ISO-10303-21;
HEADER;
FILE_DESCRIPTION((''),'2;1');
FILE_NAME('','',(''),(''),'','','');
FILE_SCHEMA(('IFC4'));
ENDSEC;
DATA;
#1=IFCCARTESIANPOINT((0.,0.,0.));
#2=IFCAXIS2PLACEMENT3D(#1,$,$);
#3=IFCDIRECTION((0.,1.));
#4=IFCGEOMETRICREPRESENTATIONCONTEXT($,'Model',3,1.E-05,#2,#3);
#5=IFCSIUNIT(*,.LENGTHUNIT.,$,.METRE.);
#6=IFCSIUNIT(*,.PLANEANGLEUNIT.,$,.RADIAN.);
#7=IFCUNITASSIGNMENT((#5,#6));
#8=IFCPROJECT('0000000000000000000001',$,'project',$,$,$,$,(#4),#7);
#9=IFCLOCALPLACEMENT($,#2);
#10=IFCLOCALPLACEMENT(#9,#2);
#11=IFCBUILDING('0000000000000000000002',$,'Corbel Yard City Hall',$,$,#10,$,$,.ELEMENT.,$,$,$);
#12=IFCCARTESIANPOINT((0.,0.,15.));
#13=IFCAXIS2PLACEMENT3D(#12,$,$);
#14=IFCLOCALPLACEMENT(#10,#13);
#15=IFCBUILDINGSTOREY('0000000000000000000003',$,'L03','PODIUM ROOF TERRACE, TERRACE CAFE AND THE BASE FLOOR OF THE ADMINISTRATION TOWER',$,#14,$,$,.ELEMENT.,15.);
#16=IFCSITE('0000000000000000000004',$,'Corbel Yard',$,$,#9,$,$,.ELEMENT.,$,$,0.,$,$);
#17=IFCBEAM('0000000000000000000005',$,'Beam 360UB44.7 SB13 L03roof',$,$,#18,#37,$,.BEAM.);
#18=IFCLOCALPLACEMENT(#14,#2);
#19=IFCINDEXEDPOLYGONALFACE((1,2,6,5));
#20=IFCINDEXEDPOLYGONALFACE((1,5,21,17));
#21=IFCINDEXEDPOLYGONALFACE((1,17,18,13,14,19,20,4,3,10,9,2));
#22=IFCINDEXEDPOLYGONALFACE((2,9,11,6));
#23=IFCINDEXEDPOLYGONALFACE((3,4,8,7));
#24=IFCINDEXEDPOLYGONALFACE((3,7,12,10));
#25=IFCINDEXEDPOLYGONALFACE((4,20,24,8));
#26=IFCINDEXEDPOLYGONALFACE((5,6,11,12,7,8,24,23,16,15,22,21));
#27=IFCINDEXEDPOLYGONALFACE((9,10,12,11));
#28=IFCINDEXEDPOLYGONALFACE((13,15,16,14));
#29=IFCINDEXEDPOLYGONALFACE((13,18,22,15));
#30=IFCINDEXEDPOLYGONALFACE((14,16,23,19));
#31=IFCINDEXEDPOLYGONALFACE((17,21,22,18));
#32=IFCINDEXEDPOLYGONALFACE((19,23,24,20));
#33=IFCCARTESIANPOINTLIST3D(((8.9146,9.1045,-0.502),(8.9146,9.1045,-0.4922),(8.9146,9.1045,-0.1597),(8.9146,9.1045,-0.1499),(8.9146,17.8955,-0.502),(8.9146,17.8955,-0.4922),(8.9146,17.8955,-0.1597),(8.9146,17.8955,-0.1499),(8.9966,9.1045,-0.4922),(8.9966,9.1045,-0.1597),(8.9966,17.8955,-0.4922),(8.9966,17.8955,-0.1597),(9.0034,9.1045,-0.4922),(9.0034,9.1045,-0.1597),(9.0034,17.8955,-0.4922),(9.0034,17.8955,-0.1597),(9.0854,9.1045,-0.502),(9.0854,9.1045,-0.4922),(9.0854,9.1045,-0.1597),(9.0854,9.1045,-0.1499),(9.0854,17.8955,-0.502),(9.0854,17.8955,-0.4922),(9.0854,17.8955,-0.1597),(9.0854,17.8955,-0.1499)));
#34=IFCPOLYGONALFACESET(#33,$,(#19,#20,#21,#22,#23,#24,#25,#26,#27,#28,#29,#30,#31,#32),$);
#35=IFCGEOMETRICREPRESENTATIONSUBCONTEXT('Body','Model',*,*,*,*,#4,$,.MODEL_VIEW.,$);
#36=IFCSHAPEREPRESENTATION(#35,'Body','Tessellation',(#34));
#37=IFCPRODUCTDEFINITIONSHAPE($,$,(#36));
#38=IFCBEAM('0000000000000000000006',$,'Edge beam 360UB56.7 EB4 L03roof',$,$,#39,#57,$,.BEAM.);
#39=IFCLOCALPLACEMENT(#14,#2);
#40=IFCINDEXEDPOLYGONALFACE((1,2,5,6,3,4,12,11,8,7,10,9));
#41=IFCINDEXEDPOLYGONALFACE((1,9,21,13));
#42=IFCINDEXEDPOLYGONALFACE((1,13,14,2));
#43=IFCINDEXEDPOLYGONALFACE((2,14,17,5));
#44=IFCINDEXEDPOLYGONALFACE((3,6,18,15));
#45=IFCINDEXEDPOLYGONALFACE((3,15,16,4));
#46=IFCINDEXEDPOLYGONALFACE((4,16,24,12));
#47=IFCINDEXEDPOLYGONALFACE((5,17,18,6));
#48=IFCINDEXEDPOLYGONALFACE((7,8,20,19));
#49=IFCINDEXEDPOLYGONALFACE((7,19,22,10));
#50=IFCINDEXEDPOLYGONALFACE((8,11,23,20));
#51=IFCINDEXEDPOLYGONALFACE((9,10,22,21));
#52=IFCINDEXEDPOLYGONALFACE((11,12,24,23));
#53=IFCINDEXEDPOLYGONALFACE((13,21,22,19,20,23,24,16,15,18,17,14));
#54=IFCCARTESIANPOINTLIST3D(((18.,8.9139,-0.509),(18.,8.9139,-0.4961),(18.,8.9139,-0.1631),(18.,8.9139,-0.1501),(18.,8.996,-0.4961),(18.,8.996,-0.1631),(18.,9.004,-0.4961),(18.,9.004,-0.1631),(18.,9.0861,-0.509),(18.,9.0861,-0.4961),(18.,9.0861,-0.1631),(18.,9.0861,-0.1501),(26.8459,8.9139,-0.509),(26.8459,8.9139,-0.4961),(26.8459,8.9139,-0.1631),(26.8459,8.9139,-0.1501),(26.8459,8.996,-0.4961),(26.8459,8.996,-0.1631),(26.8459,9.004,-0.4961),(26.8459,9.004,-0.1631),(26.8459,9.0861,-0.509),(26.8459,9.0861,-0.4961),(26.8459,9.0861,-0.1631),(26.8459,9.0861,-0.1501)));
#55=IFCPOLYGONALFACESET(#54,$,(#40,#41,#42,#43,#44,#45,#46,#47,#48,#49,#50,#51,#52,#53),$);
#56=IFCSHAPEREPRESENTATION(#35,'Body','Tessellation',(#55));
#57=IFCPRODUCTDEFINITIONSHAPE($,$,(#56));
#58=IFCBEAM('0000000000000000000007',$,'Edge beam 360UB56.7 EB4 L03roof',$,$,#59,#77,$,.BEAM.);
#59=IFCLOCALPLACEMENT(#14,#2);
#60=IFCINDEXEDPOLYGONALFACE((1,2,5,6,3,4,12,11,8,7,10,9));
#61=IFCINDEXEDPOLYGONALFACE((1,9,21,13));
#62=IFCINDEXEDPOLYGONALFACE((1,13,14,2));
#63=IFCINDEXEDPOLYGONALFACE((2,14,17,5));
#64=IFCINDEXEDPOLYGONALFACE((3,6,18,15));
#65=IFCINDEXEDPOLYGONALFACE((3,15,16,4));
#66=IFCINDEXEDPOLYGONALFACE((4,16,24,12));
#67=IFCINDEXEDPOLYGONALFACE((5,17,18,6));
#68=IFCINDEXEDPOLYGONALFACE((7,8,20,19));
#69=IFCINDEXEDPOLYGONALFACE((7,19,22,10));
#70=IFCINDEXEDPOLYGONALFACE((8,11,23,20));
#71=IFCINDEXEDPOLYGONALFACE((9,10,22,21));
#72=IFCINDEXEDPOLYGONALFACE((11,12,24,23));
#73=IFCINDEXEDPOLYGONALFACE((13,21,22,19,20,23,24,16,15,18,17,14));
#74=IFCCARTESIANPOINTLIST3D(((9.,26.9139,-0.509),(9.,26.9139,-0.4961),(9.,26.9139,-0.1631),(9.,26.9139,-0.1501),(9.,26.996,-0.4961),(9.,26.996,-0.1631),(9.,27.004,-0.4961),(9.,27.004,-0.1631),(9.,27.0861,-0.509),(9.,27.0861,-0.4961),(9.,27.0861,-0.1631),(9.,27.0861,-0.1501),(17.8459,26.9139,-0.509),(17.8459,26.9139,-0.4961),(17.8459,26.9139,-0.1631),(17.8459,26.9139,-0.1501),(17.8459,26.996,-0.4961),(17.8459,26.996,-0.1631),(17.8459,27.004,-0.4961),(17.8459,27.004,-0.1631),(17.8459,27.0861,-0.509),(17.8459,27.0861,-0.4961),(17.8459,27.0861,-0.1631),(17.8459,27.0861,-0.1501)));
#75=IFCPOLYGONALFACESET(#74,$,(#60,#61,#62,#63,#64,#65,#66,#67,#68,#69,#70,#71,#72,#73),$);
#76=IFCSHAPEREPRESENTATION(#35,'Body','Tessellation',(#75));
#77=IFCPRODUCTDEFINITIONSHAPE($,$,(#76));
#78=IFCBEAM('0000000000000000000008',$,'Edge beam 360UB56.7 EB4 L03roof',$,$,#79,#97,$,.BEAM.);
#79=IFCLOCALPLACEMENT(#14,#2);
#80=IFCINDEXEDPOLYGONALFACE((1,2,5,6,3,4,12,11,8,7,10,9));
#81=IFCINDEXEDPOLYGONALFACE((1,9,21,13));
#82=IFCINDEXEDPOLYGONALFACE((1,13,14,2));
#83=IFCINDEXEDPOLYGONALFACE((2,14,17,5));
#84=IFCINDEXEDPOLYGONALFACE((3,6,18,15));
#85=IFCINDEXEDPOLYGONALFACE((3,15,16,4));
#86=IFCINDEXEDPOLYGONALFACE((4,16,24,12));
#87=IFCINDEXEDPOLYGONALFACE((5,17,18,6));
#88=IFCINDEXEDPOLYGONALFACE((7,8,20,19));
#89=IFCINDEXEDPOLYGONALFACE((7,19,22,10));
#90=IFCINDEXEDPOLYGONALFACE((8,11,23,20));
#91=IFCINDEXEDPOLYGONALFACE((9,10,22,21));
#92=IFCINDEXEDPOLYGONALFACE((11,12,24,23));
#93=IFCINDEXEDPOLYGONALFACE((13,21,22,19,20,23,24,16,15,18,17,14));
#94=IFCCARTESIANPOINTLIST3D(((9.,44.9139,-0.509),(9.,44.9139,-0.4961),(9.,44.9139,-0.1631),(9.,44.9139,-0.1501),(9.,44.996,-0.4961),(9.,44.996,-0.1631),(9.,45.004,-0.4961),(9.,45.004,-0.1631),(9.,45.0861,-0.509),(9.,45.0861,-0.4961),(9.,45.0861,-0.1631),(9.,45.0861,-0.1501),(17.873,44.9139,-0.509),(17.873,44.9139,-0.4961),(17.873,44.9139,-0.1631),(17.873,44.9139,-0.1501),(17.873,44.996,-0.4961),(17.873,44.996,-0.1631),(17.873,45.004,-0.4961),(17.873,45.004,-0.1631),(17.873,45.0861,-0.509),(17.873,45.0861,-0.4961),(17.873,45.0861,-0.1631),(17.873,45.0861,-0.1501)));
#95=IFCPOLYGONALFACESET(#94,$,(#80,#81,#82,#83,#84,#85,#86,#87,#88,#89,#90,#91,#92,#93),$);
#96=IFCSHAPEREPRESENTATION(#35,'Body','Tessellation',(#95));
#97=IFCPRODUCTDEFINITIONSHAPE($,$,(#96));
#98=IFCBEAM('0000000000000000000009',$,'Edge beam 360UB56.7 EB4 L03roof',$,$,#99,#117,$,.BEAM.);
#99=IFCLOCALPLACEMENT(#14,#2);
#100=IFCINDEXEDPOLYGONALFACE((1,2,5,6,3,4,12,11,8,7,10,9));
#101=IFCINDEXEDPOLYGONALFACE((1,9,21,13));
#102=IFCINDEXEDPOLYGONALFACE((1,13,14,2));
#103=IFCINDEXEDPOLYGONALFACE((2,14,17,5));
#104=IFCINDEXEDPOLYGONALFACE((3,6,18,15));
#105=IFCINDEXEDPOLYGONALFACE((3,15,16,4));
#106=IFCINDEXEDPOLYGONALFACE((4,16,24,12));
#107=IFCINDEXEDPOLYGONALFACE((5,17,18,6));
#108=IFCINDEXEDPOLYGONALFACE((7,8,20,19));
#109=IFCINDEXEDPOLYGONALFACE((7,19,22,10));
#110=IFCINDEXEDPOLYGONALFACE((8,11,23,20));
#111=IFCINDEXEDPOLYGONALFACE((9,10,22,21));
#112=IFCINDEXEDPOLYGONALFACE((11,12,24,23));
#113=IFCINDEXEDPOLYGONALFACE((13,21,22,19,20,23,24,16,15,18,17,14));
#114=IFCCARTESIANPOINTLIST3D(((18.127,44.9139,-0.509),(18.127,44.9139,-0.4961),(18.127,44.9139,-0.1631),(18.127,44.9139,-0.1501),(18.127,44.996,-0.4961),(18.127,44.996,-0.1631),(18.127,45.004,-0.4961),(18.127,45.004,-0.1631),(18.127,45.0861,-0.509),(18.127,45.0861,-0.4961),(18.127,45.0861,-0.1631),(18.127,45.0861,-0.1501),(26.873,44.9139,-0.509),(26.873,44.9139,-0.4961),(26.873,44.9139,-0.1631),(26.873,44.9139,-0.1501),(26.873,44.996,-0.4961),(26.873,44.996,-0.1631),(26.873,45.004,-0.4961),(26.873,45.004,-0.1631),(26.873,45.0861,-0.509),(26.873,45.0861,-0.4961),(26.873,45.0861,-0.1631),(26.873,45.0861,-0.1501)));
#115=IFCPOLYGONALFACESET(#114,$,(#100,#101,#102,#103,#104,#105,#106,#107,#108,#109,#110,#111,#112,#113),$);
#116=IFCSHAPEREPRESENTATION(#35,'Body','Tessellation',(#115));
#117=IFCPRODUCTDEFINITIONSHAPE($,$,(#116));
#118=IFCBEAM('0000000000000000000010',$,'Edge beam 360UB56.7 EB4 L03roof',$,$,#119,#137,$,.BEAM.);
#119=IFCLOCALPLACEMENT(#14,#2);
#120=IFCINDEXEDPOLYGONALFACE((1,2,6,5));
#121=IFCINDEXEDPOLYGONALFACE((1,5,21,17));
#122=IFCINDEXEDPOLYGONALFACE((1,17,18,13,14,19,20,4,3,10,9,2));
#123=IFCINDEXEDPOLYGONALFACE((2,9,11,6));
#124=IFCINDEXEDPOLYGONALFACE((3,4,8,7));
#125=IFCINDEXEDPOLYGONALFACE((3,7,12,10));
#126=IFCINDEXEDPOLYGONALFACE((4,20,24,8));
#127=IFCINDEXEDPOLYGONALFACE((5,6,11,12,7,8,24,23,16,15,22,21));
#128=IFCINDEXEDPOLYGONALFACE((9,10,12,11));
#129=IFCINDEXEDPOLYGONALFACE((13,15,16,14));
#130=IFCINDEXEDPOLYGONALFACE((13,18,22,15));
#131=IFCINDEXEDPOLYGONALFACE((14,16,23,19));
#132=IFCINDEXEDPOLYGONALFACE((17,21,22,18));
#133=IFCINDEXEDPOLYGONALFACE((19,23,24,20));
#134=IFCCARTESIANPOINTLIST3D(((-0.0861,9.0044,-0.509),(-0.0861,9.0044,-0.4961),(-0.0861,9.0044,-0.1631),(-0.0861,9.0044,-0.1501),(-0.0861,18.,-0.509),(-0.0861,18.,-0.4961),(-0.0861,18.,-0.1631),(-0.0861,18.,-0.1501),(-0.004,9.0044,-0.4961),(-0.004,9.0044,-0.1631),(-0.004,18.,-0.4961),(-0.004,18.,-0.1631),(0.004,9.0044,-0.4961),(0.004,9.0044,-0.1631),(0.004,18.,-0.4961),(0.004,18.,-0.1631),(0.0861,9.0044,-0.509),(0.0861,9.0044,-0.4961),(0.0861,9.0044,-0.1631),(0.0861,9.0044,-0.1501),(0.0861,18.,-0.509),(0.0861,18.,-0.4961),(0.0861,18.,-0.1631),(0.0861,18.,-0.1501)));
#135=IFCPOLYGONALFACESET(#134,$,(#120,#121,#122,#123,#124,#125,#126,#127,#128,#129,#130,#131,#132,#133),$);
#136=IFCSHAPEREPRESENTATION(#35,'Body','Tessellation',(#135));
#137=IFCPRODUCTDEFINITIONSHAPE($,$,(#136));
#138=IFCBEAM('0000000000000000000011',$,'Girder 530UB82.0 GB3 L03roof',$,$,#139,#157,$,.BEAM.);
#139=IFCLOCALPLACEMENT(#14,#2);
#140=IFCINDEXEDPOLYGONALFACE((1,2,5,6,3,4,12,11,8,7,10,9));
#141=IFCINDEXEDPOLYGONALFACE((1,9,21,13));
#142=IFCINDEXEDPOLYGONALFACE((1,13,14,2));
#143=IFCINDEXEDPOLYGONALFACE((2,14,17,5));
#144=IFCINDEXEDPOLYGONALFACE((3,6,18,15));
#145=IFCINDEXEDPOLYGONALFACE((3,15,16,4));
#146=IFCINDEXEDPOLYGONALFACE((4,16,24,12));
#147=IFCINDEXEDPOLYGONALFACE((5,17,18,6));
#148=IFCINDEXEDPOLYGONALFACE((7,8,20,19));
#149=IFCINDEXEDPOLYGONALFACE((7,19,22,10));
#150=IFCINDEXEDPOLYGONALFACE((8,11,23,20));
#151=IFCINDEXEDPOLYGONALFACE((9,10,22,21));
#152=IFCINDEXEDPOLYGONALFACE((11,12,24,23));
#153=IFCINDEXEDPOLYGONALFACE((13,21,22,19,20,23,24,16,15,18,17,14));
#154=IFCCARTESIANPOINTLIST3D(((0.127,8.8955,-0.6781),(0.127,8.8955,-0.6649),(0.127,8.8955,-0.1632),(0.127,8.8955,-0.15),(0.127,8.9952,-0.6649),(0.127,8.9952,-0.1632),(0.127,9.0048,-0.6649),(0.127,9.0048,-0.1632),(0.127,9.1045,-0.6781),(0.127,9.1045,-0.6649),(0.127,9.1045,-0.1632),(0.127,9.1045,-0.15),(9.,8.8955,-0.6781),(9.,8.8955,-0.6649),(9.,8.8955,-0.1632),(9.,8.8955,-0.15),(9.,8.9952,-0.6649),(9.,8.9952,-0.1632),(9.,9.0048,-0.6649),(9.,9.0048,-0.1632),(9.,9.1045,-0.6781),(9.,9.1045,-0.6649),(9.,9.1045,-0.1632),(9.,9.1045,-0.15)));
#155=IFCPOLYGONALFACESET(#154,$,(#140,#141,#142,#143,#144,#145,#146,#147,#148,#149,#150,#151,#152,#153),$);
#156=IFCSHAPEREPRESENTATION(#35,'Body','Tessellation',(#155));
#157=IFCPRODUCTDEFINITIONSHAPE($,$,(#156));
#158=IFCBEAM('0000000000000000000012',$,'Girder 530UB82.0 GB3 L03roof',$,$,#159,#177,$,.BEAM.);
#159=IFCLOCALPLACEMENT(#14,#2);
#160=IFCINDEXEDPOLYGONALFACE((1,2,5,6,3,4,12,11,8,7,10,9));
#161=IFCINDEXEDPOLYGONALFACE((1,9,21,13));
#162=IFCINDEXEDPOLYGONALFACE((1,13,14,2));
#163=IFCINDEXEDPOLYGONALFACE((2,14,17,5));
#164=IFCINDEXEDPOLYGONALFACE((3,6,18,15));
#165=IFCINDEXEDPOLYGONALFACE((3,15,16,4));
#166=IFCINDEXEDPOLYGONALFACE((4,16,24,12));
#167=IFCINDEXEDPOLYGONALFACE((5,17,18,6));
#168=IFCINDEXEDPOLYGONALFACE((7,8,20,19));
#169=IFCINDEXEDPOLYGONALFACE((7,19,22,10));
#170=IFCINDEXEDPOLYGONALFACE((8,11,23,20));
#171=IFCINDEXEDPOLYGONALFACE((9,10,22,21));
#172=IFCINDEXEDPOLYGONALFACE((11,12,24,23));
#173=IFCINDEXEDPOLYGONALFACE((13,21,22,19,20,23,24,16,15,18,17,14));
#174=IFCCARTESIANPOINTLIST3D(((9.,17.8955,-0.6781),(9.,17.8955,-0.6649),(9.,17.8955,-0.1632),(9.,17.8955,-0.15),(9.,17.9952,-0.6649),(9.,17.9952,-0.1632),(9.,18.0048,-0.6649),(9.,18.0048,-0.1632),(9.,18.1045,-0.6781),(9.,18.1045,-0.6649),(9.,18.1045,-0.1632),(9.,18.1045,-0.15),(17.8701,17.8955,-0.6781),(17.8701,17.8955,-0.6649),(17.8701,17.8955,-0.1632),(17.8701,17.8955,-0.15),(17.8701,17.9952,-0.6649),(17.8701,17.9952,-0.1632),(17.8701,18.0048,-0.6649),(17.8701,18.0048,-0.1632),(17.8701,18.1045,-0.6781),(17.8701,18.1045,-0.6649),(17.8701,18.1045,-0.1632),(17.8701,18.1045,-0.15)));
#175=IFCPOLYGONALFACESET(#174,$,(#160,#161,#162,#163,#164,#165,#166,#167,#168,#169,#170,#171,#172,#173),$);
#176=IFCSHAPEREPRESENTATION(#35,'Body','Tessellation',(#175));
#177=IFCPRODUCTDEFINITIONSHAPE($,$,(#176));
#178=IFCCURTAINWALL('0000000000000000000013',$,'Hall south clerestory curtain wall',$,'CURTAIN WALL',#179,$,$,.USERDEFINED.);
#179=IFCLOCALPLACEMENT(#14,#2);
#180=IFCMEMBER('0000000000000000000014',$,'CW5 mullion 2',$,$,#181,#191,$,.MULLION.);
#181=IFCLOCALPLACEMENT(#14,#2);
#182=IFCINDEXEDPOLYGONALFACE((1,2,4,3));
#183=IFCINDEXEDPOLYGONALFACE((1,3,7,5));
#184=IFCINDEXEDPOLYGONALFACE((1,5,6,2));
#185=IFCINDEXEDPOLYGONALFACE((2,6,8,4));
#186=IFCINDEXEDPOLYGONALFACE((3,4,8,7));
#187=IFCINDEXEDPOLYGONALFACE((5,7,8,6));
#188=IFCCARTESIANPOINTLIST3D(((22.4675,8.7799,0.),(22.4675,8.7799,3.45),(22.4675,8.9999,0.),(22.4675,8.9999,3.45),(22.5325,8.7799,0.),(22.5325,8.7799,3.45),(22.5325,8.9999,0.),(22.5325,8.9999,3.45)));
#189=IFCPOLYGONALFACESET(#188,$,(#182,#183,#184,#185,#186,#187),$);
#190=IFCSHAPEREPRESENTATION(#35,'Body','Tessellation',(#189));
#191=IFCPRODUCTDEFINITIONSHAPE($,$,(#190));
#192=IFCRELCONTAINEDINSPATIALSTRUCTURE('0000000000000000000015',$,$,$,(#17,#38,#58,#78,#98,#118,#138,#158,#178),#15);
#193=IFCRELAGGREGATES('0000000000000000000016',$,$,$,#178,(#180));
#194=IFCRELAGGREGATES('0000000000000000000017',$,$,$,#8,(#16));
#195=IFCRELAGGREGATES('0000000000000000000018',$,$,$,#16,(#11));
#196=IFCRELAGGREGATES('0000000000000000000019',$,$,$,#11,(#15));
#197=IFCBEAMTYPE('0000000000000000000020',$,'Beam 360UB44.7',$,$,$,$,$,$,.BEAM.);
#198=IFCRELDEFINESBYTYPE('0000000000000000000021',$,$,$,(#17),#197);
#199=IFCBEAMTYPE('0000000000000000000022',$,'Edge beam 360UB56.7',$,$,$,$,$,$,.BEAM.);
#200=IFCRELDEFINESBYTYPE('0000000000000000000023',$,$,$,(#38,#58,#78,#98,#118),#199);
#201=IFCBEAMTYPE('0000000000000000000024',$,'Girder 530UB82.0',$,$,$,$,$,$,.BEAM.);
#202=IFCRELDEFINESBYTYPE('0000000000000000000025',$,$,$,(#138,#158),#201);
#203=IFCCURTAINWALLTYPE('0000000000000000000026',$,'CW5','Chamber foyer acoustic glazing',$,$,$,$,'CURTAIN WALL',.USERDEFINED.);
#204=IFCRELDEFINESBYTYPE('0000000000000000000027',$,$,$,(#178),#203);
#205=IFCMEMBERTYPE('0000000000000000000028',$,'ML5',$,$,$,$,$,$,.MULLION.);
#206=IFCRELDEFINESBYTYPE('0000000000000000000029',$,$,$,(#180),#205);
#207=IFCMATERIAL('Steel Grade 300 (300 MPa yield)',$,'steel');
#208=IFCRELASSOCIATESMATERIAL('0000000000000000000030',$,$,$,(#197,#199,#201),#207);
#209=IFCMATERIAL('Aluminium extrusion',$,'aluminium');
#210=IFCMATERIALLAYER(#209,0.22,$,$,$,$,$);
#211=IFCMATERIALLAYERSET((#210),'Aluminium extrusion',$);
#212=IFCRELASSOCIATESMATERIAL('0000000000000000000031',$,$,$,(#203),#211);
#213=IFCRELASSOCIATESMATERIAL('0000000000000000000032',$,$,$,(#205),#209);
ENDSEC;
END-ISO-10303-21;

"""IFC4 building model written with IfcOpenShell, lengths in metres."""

from ifc_helpers import new_model, si_unit, direction, frame, origin, origin_2d, place, context, subcontext, project, spatial, rectangle, i_section, extrude, material, layer, layer_set, material_profile, profile_set, type_object, element, aggregate, save


model = new_model("IFC4")

# Units and contexts
model_context = context("Model", 3, precision=1e-05, world=origin(), true_north=direction((0.0, 1.0)))
body_context = subcontext(model_context, "Body", "Model", "MODEL_VIEW")
ifc_project = project(units=[si_unit("LENGTHUNIT", "METRE"), si_unit("PLANEANGLEUNIT", "RADIAN")], contexts=[model_context])

# Site, building, storey
site_placement = place(None, origin())
site = spatial("IfcSite", under=ifc_project, at=site_placement, Name="Corbel Yard", CompositionType="ELEMENT", RefElevation=0.0)
building_placement = place(site_placement, origin())
building = spatial("IfcBuilding", under=site, at=building_placement, Name="Corbel Yard City Hall", CompositionType="ELEMENT")
storey_placement = place(building_placement, frame((0.0, 0.0, 15.0)))
storey = spatial("IfcBuildingStorey", under=building, at=storey_placement, Name="L03", Description="PODIUM ROOF TERRACE, TERRACE CAFE AND THE BASE FLOOR OF THE ADMINISTRATION TOWER", CompositionType="ELEMENT", Elevation=15.0)

# Beams
ifc_material_1 = material(Name="Steel Grade 300 (300 MPa yield)", Category="steel")
ifc_material_profile_1 = material_profile(ifc_material_1, i_section(OverallWidth=0.1709, OverallDepth=0.3521, WebThickness=0.0068, FlangeThickness=0.0098, at=origin_2d()), Name="360UB44.7")
ifc_profile_set_1 = profile_set([ifc_material_profile_1], Name="Steel Grade 300 (300 MPa yield)")
beam_type_1 = type_object("IfcBeamType", Name="Beam 360UB44.7", PredefinedType="BEAM", material=ifc_profile_set_1)
beam_1_placement = place(storey_placement, frame((9.0, 9.1045, -0.3259), z_axis=(0.0, 1.0, 0.0), x_axis=(-1.0, 0.0, 0.0)))
element("IfcBeam", 1, at=beam_1_placement, inside=storey, type_object=beam_type_1, Name="Beam 360UB44.7 SB13 L03roof", PredefinedType="BEAM", context=body_context, shape_type="SweptSolid", body=[
    extrude(i_section(OverallWidth=0.1709, OverallDepth=0.3521, WebThickness=0.0068, FlangeThickness=0.0098, at=origin_2d()), origin(), (0.0, 0.0, 1.0), 8.791),
])
ifc_material_profile_2 = material_profile(ifc_material_1, i_section(OverallWidth=0.1721, OverallDepth=0.3589, WebThickness=0.0081, FlangeThickness=0.0129, at=origin_2d()), Name="360UB56.7")
ifc_profile_set_2 = profile_set([ifc_material_profile_2], Name="Steel Grade 300 (300 MPa yield)")
beam_type_2 = type_object("IfcBeamType", Name="Edge beam 360UB56.7", PredefinedType="BEAM", material=ifc_profile_set_2)
for number, where, z_axis, x_axis, name in (
    (2, (18.0, 9.0, -0.3296), (1.0, 0.0, 0.0), (0.0, 1.0, 0.0), "Edge beam 360UB56.7 EB4 L03roof"),
    (3, (9.0, 27.0, -0.3296), (1.0, 0.0, 0.0), (0.0, 1.0, 0.0), "Edge beam 360UB56.7 EB4 L03roof"),
):
    element("IfcBeam", number, at=place(storey_placement, frame(where, z_axis=z_axis, x_axis=x_axis)), inside=storey, type_object=beam_type_2, Name=name, PredefinedType="BEAM", context=body_context, shape_type="SweptSolid", body=[
        extrude(i_section(OverallWidth=0.1721, OverallDepth=0.3589, WebThickness=0.0081, FlangeThickness=0.0129, at=origin_2d()), origin(), (0.0, 0.0, 1.0), 8.8459),
    ])
beam_2_placement = place(storey_placement, frame((9.0, 45.0, -0.3296), z_axis=(1.0, 0.0, 0.0), x_axis=(0.0, 1.0, 0.0)))
element("IfcBeam", 4, at=beam_2_placement, inside=storey, type_object=beam_type_2, Name="Edge beam 360UB56.7 EB4 L03roof", PredefinedType="BEAM", context=body_context, shape_type="SweptSolid", body=[
    extrude(i_section(OverallWidth=0.1721, OverallDepth=0.3589, WebThickness=0.0081, FlangeThickness=0.0129, at=origin_2d()), origin(), (0.0, 0.0, 1.0), 8.873),
])
beam_3_placement = place(storey_placement, frame((18.127, 45.0, -0.3296), z_axis=(1.0, 0.0, 0.0), x_axis=(0.0, 1.0, 0.0)))
element("IfcBeam", 5, at=beam_3_placement, inside=storey, type_object=beam_type_2, Name="Edge beam 360UB56.7 EB4 L03roof", PredefinedType="BEAM", context=body_context, shape_type="SweptSolid", body=[
    extrude(i_section(OverallWidth=0.1721, OverallDepth=0.3589, WebThickness=0.0081, FlangeThickness=0.0129, at=origin_2d()), origin(), (0.0, 0.0, 1.0), 8.7461),
])
beam_4_placement = place(storey_placement, frame((0.0, 9.0044, -0.3296), z_axis=(0.0, 1.0, 0.0), x_axis=(-1.0, 0.0, 0.0)))
element("IfcBeam", 6, at=beam_4_placement, inside=storey, type_object=beam_type_2, Name="Edge beam 360UB56.7 EB4 L03roof", PredefinedType="BEAM", context=body_context, shape_type="SweptSolid", body=[
    extrude(i_section(OverallWidth=0.1721, OverallDepth=0.3589, WebThickness=0.0081, FlangeThickness=0.0129, at=origin_2d()), origin(), (0.0, 0.0, 1.0), 8.9956),
])
ifc_material_profile_3 = material_profile(ifc_material_1, i_section(OverallWidth=0.209, OverallDepth=0.5281, WebThickness=0.0095, FlangeThickness=0.0132, at=origin_2d()), Name="530UB82.0")
ifc_profile_set_3 = profile_set([ifc_material_profile_3], Name="Steel Grade 300 (300 MPa yield)")
beam_type_3 = type_object("IfcBeamType", Name="Girder 530UB82.0", PredefinedType="BEAM", material=ifc_profile_set_3)
beam_5_placement = place(storey_placement, frame((0.127, 9.0, -0.4141), z_axis=(1.0, 0.0, 0.0), x_axis=(0.0, 1.0, 0.0)))
element("IfcBeam", 7, at=beam_5_placement, inside=storey, type_object=beam_type_3, Name="Girder 530UB82.0 GB3 L03roof", PredefinedType="BEAM", context=body_context, shape_type="SweptSolid", body=[
    extrude(i_section(OverallWidth=0.209, OverallDepth=0.5281, WebThickness=0.0095, FlangeThickness=0.0132, at=origin_2d()), origin(), (0.0, 0.0, 1.0), 8.873),
])
beam_6_placement = place(storey_placement, frame((9.0, 18.0, -0.4141), z_axis=(1.0, 0.0, 0.0), x_axis=(0.0, 1.0, 0.0)))
element("IfcBeam", 8, at=beam_6_placement, inside=storey, type_object=beam_type_3, Name="Girder 530UB82.0 GB3 L03roof", PredefinedType="BEAM", context=body_context, shape_type="SweptSolid", body=[
    extrude(i_section(OverallWidth=0.209, OverallDepth=0.5281, WebThickness=0.0095, FlangeThickness=0.0132, at=origin_2d()), origin(), (0.0, 0.0, 1.0), 8.8701),
])

# Curtain wall, member
ifc_material_2 = material(Name="Aluminium extrusion", Category="aluminium")
ifc_layer_1 = layer(ifc_material_2, 0.22)
ifc_layer_set_1 = layer_set([ifc_layer_1], Name="Aluminium extrusion")
curtain_wall_type = type_object("IfcCurtainWallType", Name="CW5", Description="Chamber foyer acoustic glazing", ElementType="CURTAIN WALL", PredefinedType="USERDEFINED", material=ifc_layer_set_1)
curtain_wall_1_placement = place(storey_placement, origin())
curtain_wall_1 = element("IfcCurtainWall", 9, at=curtain_wall_1_placement, inside=storey, type_object=curtain_wall_type, Name="Hall south clerestory curtain wall", ObjectType="CURTAIN WALL", PredefinedType="USERDEFINED")
ifc_material_profile_4 = material_profile(ifc_material_2, rectangle(XDim=0.22, YDim=0.0649, at=origin_2d()), Name="220x65")
ifc_profile_set_4 = profile_set([ifc_material_profile_4], Name="Aluminium extrusion")
member_type_1 = type_object("IfcMemberType", Name="ML5", PredefinedType="MULLION", material=ifc_profile_set_4)
member_1_placement = place(storey_placement, frame((22.5, 8.8899, 0.0), z_axis=(0.0, 0.0, 1.0), x_axis=(0.0, 1.0, 0.0)))
member_1 = element("IfcMember", 10, at=member_1_placement, type_object=member_type_1, Name="CW5 mullion 2", PredefinedType="MULLION", context=body_context, shape_type="SweptSolid", body=[
    extrude(rectangle(XDim=0.22, YDim=0.0649, at=origin_2d()), origin(), (0.0, 0.0, 1.0), 3.45),
])

aggregate(curtain_wall_1, [member_1])

save(model, "model.ifc")
